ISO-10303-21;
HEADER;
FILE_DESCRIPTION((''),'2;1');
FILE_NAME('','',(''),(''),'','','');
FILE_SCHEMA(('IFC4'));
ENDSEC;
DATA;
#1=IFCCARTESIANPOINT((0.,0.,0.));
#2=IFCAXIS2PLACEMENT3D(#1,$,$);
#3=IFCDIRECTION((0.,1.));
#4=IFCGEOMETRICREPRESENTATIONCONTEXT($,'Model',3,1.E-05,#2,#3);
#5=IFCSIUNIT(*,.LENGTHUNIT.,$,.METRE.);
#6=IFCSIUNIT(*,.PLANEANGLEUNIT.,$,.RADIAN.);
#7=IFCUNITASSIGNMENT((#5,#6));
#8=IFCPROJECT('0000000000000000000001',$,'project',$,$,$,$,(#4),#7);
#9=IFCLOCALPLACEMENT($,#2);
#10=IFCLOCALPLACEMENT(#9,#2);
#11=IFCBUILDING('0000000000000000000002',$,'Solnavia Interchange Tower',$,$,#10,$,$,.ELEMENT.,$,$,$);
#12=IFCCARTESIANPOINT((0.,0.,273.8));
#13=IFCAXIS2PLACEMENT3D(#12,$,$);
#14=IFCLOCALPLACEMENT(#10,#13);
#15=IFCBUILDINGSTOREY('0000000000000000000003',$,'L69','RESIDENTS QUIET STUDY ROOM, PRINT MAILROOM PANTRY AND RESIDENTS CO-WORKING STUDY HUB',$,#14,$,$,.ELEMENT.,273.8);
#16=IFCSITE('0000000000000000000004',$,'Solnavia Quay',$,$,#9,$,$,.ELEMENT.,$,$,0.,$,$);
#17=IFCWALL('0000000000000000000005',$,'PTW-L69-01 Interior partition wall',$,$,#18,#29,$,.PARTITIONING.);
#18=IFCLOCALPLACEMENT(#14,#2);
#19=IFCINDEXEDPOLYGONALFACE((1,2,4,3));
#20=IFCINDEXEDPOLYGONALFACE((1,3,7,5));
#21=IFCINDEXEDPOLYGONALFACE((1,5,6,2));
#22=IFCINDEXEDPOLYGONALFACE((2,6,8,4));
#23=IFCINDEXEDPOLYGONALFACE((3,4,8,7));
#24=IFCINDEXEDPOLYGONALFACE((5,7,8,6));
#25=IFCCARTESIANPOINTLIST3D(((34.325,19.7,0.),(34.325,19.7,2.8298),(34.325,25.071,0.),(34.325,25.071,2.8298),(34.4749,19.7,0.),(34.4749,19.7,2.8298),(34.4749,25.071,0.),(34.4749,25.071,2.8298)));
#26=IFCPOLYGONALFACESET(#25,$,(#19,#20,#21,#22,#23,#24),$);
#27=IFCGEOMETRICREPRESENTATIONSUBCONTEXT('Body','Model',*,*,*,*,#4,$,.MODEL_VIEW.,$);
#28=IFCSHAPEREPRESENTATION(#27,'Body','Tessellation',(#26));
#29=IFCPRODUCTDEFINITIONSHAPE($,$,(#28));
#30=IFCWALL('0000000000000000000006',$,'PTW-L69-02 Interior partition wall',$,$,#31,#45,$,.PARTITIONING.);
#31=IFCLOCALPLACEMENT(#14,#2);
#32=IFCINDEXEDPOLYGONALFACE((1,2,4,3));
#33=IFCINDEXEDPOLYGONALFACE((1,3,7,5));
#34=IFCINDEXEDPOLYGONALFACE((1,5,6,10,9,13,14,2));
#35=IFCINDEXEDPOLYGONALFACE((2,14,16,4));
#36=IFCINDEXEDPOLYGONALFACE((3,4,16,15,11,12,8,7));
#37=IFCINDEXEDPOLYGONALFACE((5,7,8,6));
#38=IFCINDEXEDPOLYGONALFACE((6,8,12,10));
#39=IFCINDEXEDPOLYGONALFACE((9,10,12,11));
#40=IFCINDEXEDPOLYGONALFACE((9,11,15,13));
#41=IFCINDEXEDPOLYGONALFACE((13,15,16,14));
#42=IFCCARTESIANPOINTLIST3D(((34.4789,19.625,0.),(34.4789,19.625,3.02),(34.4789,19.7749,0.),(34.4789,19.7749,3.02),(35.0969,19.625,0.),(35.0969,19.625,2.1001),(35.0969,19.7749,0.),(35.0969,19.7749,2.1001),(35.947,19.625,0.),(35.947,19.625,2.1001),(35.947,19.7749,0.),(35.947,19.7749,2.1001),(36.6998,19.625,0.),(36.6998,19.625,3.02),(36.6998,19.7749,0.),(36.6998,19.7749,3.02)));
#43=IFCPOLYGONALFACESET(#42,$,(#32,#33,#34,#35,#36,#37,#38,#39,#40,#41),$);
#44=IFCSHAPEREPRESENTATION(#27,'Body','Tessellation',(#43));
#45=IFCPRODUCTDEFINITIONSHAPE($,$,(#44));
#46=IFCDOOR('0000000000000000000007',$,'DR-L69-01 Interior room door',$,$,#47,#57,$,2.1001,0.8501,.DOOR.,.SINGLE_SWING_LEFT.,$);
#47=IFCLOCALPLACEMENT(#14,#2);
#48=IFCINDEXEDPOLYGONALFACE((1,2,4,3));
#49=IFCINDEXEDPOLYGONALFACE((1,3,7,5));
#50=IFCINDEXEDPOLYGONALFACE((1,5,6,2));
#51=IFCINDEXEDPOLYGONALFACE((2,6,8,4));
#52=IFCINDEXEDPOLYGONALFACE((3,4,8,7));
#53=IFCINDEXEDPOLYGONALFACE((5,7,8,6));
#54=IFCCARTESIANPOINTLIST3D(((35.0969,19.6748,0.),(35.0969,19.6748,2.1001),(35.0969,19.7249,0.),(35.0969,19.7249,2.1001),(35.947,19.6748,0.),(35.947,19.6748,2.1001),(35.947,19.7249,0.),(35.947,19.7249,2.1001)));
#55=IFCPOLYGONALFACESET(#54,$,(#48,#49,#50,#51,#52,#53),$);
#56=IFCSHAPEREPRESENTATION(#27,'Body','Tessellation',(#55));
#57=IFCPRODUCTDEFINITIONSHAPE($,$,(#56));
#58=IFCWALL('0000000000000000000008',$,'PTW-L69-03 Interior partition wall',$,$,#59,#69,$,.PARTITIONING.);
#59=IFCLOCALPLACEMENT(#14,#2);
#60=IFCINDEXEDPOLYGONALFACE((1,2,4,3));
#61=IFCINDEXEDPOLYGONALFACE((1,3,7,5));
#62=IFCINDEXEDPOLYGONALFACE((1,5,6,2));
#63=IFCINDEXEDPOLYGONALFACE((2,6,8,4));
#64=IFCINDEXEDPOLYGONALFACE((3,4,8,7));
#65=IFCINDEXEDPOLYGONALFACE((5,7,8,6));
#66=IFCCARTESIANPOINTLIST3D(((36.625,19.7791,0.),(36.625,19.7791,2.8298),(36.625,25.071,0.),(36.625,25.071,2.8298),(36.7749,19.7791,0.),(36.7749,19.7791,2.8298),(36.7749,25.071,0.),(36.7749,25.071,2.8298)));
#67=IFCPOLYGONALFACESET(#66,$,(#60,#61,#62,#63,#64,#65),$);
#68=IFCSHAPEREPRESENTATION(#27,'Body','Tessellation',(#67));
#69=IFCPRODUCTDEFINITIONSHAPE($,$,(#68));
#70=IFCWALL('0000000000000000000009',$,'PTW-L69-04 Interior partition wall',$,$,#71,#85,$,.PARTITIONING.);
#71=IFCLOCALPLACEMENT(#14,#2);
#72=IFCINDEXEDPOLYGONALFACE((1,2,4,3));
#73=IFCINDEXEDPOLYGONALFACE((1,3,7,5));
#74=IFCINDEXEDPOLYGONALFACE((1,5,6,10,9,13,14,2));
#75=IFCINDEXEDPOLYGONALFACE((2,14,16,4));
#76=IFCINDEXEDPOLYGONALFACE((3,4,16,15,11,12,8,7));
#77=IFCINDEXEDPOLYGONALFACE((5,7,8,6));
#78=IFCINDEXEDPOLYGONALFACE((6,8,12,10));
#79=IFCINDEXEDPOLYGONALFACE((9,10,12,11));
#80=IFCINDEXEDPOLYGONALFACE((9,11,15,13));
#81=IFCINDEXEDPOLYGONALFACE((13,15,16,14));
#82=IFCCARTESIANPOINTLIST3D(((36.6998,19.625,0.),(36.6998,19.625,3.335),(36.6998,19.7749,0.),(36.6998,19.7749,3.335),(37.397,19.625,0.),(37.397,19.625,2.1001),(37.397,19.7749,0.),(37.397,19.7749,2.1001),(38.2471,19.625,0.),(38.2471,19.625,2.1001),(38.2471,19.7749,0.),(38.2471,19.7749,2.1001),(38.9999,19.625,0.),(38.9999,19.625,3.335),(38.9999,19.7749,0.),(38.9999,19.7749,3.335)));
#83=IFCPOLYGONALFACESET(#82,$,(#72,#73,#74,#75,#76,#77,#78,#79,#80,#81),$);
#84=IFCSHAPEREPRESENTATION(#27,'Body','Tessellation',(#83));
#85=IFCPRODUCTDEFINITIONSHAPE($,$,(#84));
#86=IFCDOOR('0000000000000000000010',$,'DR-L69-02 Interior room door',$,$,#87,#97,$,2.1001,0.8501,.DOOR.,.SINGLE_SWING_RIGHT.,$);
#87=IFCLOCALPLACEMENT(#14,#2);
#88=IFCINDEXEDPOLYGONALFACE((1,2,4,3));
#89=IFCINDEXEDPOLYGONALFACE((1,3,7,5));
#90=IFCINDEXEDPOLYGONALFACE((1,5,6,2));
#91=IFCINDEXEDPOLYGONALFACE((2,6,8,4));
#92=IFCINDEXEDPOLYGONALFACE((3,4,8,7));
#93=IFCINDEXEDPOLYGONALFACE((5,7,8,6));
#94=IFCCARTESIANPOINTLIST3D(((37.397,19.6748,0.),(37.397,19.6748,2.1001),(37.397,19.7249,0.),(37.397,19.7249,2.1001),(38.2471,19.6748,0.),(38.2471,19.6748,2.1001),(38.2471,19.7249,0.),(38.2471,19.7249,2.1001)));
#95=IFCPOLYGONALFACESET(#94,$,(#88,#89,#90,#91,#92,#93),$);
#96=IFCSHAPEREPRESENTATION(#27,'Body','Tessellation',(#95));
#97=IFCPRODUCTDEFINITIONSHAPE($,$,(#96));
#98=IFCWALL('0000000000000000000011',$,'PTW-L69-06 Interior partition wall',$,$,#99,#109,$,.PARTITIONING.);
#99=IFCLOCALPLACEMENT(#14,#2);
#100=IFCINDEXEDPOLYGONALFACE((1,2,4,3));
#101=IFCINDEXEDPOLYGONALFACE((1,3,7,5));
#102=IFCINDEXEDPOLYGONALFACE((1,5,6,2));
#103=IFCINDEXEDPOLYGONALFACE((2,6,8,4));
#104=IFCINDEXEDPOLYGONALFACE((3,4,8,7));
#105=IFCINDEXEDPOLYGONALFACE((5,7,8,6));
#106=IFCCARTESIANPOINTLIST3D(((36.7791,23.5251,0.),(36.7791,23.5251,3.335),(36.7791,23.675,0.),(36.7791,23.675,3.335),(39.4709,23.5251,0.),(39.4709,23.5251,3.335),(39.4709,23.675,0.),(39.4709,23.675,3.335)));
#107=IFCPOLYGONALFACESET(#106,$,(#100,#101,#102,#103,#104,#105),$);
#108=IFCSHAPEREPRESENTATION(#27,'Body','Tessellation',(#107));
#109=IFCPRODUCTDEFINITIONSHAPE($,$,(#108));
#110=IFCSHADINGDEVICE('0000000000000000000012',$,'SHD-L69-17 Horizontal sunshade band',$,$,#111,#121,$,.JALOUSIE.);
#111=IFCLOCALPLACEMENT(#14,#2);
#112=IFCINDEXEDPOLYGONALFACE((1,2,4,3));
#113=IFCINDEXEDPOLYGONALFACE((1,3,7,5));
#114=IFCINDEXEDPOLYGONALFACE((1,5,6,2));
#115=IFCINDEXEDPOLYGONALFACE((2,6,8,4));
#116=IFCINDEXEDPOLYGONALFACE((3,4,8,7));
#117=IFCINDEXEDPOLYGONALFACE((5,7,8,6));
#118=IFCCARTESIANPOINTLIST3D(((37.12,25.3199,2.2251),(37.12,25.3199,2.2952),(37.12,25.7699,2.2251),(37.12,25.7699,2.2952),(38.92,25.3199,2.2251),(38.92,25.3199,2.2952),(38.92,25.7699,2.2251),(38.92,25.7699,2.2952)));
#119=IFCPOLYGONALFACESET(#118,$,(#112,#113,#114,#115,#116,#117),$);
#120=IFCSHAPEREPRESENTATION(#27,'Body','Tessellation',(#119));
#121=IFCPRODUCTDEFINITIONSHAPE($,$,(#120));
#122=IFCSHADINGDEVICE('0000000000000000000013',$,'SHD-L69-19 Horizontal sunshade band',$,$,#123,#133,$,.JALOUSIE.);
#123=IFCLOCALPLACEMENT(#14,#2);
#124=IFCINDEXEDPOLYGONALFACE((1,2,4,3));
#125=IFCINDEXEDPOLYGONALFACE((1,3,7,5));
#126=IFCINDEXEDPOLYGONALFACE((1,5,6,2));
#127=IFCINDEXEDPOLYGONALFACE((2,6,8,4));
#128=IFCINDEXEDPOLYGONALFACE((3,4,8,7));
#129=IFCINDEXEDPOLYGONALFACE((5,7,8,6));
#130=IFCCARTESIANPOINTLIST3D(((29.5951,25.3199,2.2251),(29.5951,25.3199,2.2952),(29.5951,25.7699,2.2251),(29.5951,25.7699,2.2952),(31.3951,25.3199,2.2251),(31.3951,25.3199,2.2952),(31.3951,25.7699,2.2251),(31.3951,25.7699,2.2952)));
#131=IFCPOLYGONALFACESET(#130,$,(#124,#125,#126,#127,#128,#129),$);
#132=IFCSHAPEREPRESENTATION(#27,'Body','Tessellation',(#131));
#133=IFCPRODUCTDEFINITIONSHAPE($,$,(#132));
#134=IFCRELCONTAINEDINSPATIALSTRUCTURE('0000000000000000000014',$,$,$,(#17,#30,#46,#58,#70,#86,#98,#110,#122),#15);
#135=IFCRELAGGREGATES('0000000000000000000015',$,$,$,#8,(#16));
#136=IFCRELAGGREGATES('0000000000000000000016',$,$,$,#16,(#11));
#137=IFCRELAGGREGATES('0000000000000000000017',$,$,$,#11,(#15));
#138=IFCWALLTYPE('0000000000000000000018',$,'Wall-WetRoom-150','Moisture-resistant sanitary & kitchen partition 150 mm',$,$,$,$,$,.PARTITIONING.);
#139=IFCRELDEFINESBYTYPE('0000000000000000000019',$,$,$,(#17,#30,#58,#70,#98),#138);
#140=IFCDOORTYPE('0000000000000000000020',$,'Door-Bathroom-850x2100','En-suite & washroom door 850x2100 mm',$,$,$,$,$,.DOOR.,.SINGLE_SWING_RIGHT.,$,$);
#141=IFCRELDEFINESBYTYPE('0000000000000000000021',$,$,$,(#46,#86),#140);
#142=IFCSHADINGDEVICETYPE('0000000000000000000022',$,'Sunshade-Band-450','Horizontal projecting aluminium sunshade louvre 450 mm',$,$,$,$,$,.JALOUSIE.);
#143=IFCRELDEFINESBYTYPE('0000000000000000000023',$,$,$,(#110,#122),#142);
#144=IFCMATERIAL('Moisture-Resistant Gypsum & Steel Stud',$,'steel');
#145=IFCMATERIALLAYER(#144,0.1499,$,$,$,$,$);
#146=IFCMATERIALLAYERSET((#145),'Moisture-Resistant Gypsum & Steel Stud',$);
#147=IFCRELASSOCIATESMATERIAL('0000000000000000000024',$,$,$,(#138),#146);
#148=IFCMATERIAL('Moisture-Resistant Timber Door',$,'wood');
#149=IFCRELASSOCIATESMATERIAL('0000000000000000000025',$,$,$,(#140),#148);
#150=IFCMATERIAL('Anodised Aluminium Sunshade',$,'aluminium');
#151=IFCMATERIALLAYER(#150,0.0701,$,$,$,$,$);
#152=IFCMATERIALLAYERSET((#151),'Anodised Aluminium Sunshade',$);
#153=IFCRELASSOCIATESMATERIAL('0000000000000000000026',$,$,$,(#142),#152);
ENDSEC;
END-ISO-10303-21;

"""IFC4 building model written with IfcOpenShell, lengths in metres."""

from ifc_helpers import new_model, si_unit, direction, frame, frame_2d, origin, origin_2d, place, context, subcontext, project, spatial, rectangle, extrude, material, layer, layer_set, type_object, element, fill, save


model = new_model("IFC4")

# Units and contexts
model_context = context("Model", 3, precision=1e-05, world=origin(), true_north=direction((0.0, 1.0)))
body_context = subcontext(model_context, "Body", "Model", "MODEL_VIEW")
ifc_project = project(units=[si_unit("LENGTHUNIT", "METRE"), si_unit("PLANEANGLEUNIT", "RADIAN")], contexts=[model_context])

# Site, building, storey
site_placement = place(None, origin())
site = spatial("IfcSite", under=ifc_project, at=site_placement, Name="Solnavia Quay", CompositionType="ELEMENT", RefElevation=0.0)
building_placement = place(site_placement, origin())
building = spatial("IfcBuilding", under=site, at=building_placement, Name="Solnavia Interchange Tower", CompositionType="ELEMENT")
storey_placement = place(building_placement, frame((0.0, 0.0, 273.8)))
storey = spatial("IfcBuildingStorey", under=building, at=storey_placement, Name="L69", Description="RESIDENTS QUIET STUDY ROOM, PRINT MAILROOM PANTRY AND RESIDENTS CO-WORKING STUDY HUB", CompositionType="ELEMENT", Elevation=273.8)

# Wall
ifc_material_1 = material(Name="Moisture-Resistant Gypsum & Steel Stud", Category="steel")
ifc_layer_1 = layer(ifc_material_1, 0.1499)
ifc_layer_set_1 = layer_set([ifc_layer_1], Name="Moisture-Resistant Gypsum & Steel Stud")
wall_type_1 = type_object("IfcWallType", Name="Wall-WetRoom-150", Description="Moisture-resistant sanitary & kitchen partition 150 mm", PredefinedType="PARTITIONING", material=ifc_layer_set_1)
wall_1_placement = place(storey_placement, frame((34.3999, 19.7, 0.0), z_axis=(0.0, 0.0, 1.0), x_axis=(0.0, 1.0, 0.0)))
element("IfcWall", 1, at=wall_1_placement, inside=storey, type_object=wall_type_1, Name="PTW-L69-01 Interior partition wall", PredefinedType="PARTITIONING", context=body_context, shape_type="SweptSolid", body=[
    extrude(rectangle(XDim=5.3711, YDim=0.1499, at=frame_2d((2.6855, 0.0))), origin(), (0.0, 0.0, 1.0), 2.8298),
])

# Wall, opening, door
wall_2_placement = place(storey_placement, frame((34.479, 19.7, 0.0), z_axis=(0.0, 0.0, 1.0), x_axis=(1.0, 0.0, 0.0)))
wall_2 = element("IfcWall", 2, at=wall_2_placement, inside=storey, type_object=wall_type_1, Name="PTW-L69-02 Interior partition wall", PredefinedType="PARTITIONING", context=body_context, shape_type="SweptSolid", body=[
    extrude(rectangle(XDim=2.2209, YDim=0.1499, at=frame_2d((1.1104, 0.0))), origin(), (0.0, 0.0, 1.0), 3.02),
])
opening_1_placement = place(wall_2_placement, frame((0.6179, 0.0, 0.0)))
opening_1 = element("IfcOpeningElement", 3, at=opening_1_placement, cuts=wall_2, PredefinedType="OPENING", context=body_context, shape_type="SweptSolid", body=[
    extrude(rectangle(XDim=0.8501, YDim=2.1001, at=frame_2d((0.425, 1.05))), frame((0.0, 0.085, 0.0), z_axis=(0.0, -1.0, 0.0), x_axis=(1.0, 0.0, 0.0)), (0.0, 0.0, 1.0), 0.1699),
])
ifc_material_2 = material(Name="Moisture-Resistant Timber Door", Category="wood")
door_type_1 = type_object("IfcDoorType", Name="Door-Bathroom-850x2100", Description="En-suite & washroom door 850x2100 mm", OperationType="SINGLE_SWING_RIGHT", PredefinedType="DOOR", material=ifc_material_2)
door_1_placement = place(opening_1_placement, origin())
door_1 = element("IfcDoor", 4, at=door_1_placement, inside=storey, type_object=door_type_1, Name="DR-L69-01 Interior room door", OperationType="SINGLE_SWING_LEFT", OverallHeight=2.1001, OverallWidth=0.8501, PredefinedType="DOOR", context=body_context, shape_type="SweptSolid", body=[
    extrude(rectangle(XDim=0.8501, YDim=2.1001, at=frame_2d((0.425, 1.05))), frame((0.0, 0.0249, 0.0), z_axis=(0.0, -1.0, 0.0), x_axis=(1.0, 0.0, 0.0)), (0.0, 0.0, 1.0), 0.05),
])
fill(opening_1, door_1)

# Wall
wall_3_placement = place(storey_placement, frame((36.7, 19.7791, 0.0), z_axis=(0.0, 0.0, 1.0), x_axis=(0.0, 1.0, 0.0)))
element("IfcWall", 5, at=wall_3_placement, inside=storey, type_object=wall_type_1, Name="PTW-L69-03 Interior partition wall", PredefinedType="PARTITIONING", context=body_context, shape_type="SweptSolid", body=[
    extrude(rectangle(XDim=5.292, YDim=0.1499, at=frame_2d((2.646, 0.0))), origin(), (0.0, 0.0, 1.0), 2.8298),
])

# Wall, opening, door
wall_4_placement = place(storey_placement, frame((36.7, 19.7, 0.0), z_axis=(0.0, 0.0, 1.0), x_axis=(1.0, 0.0, 0.0)))
wall_4 = element("IfcWall", 6, at=wall_4_placement, inside=storey, type_object=wall_type_1, Name="PTW-L69-04 Interior partition wall", PredefinedType="PARTITIONING", context=body_context, shape_type="SweptSolid", body=[
    extrude(rectangle(XDim=2.3, YDim=0.1499, at=frame_2d((1.1499, 0.0))), origin(), (0.0, 0.0, 1.0), 3.335),
])
opening_2_placement = place(wall_4_placement, frame((0.697, 0.0, 0.0)))
opening_2 = element("IfcOpeningElement", 7, at=opening_2_placement, cuts=wall_4, PredefinedType="OPENING", context=body_context, shape_type="SweptSolid", body=[
    extrude(rectangle(XDim=0.8501, YDim=2.1001, at=frame_2d((0.425, 1.05))), frame((0.0, 0.085, 0.0), z_axis=(0.0, -1.0, 0.0), x_axis=(1.0, 0.0, 0.0)), (0.0, 0.0, 1.0), 0.1699),
])
door_2_placement = place(opening_2_placement, origin())
door_2 = element("IfcDoor", 8, at=door_2_placement, inside=storey, type_object=door_type_1, Name="DR-L69-02 Interior room door", OperationType="SINGLE_SWING_RIGHT", OverallHeight=2.1001, OverallWidth=0.8501, PredefinedType="DOOR", context=body_context, shape_type="SweptSolid", body=[
    extrude(rectangle(XDim=0.8501, YDim=2.1001, at=frame_2d((0.425, 1.05))), frame((0.0, 0.0249, 0.0), z_axis=(0.0, -1.0, 0.0), x_axis=(1.0, 0.0, 0.0)), (0.0, 0.0, 1.0), 0.05),
])
fill(opening_2, door_2)

# Wall
wall_5_placement = place(storey_placement, frame((36.7791, 23.6001, 0.0), z_axis=(0.0, 0.0, 1.0), x_axis=(1.0, 0.0, 0.0)))
element("IfcWall", 9, at=wall_5_placement, inside=storey, type_object=wall_type_1, Name="PTW-L69-06 Interior partition wall", PredefinedType="PARTITIONING", context=body_context, shape_type="SweptSolid", body=[
    extrude(rectangle(XDim=2.6919, YDim=0.1499, at=frame_2d((1.3459, 0.0))), origin(), (0.0, 0.0, 1.0), 3.335),
])

# Shading devices
ifc_material_3 = material(Name="Anodised Aluminium Sunshade", Category="aluminium")
ifc_layer_2 = layer(ifc_material_3, 0.0701)
ifc_layer_set_2 = layer_set([ifc_layer_2], Name="Anodised Aluminium Sunshade")
shading_device_type = type_object("IfcShadingDeviceType", Name="Sunshade-Band-450", Description="Horizontal projecting aluminium sunshade louvre 450 mm", PredefinedType="JALOUSIE", material=ifc_layer_set_2)
for number, where, z_axis, x_axis, name in (
    (10, (38.02, 25.5449, 2.2251), (0.0, 0.0, 1.0), (1.0, 0.0, 0.0), "SHD-L69-17 Horizontal sunshade band"),
    (11, (30.4951, 25.5449, 2.2251), (0.0, 0.0, 1.0), (1.0, 0.0, 0.0), "SHD-L69-19 Horizontal sunshade band"),
):
    element("IfcShadingDevice", number, at=place(storey_placement, frame(where, z_axis=z_axis, x_axis=x_axis)), inside=storey, type_object=shading_device_type, Name=name, PredefinedType="JALOUSIE", context=body_context, shape_type="SweptSolid", body=[
        extrude(rectangle(XDim=1.8, YDim=0.45, at=origin_2d()), origin(), (0.0, 0.0, 1.0), 0.0701),
    ])

save(model, "model.ifc")
